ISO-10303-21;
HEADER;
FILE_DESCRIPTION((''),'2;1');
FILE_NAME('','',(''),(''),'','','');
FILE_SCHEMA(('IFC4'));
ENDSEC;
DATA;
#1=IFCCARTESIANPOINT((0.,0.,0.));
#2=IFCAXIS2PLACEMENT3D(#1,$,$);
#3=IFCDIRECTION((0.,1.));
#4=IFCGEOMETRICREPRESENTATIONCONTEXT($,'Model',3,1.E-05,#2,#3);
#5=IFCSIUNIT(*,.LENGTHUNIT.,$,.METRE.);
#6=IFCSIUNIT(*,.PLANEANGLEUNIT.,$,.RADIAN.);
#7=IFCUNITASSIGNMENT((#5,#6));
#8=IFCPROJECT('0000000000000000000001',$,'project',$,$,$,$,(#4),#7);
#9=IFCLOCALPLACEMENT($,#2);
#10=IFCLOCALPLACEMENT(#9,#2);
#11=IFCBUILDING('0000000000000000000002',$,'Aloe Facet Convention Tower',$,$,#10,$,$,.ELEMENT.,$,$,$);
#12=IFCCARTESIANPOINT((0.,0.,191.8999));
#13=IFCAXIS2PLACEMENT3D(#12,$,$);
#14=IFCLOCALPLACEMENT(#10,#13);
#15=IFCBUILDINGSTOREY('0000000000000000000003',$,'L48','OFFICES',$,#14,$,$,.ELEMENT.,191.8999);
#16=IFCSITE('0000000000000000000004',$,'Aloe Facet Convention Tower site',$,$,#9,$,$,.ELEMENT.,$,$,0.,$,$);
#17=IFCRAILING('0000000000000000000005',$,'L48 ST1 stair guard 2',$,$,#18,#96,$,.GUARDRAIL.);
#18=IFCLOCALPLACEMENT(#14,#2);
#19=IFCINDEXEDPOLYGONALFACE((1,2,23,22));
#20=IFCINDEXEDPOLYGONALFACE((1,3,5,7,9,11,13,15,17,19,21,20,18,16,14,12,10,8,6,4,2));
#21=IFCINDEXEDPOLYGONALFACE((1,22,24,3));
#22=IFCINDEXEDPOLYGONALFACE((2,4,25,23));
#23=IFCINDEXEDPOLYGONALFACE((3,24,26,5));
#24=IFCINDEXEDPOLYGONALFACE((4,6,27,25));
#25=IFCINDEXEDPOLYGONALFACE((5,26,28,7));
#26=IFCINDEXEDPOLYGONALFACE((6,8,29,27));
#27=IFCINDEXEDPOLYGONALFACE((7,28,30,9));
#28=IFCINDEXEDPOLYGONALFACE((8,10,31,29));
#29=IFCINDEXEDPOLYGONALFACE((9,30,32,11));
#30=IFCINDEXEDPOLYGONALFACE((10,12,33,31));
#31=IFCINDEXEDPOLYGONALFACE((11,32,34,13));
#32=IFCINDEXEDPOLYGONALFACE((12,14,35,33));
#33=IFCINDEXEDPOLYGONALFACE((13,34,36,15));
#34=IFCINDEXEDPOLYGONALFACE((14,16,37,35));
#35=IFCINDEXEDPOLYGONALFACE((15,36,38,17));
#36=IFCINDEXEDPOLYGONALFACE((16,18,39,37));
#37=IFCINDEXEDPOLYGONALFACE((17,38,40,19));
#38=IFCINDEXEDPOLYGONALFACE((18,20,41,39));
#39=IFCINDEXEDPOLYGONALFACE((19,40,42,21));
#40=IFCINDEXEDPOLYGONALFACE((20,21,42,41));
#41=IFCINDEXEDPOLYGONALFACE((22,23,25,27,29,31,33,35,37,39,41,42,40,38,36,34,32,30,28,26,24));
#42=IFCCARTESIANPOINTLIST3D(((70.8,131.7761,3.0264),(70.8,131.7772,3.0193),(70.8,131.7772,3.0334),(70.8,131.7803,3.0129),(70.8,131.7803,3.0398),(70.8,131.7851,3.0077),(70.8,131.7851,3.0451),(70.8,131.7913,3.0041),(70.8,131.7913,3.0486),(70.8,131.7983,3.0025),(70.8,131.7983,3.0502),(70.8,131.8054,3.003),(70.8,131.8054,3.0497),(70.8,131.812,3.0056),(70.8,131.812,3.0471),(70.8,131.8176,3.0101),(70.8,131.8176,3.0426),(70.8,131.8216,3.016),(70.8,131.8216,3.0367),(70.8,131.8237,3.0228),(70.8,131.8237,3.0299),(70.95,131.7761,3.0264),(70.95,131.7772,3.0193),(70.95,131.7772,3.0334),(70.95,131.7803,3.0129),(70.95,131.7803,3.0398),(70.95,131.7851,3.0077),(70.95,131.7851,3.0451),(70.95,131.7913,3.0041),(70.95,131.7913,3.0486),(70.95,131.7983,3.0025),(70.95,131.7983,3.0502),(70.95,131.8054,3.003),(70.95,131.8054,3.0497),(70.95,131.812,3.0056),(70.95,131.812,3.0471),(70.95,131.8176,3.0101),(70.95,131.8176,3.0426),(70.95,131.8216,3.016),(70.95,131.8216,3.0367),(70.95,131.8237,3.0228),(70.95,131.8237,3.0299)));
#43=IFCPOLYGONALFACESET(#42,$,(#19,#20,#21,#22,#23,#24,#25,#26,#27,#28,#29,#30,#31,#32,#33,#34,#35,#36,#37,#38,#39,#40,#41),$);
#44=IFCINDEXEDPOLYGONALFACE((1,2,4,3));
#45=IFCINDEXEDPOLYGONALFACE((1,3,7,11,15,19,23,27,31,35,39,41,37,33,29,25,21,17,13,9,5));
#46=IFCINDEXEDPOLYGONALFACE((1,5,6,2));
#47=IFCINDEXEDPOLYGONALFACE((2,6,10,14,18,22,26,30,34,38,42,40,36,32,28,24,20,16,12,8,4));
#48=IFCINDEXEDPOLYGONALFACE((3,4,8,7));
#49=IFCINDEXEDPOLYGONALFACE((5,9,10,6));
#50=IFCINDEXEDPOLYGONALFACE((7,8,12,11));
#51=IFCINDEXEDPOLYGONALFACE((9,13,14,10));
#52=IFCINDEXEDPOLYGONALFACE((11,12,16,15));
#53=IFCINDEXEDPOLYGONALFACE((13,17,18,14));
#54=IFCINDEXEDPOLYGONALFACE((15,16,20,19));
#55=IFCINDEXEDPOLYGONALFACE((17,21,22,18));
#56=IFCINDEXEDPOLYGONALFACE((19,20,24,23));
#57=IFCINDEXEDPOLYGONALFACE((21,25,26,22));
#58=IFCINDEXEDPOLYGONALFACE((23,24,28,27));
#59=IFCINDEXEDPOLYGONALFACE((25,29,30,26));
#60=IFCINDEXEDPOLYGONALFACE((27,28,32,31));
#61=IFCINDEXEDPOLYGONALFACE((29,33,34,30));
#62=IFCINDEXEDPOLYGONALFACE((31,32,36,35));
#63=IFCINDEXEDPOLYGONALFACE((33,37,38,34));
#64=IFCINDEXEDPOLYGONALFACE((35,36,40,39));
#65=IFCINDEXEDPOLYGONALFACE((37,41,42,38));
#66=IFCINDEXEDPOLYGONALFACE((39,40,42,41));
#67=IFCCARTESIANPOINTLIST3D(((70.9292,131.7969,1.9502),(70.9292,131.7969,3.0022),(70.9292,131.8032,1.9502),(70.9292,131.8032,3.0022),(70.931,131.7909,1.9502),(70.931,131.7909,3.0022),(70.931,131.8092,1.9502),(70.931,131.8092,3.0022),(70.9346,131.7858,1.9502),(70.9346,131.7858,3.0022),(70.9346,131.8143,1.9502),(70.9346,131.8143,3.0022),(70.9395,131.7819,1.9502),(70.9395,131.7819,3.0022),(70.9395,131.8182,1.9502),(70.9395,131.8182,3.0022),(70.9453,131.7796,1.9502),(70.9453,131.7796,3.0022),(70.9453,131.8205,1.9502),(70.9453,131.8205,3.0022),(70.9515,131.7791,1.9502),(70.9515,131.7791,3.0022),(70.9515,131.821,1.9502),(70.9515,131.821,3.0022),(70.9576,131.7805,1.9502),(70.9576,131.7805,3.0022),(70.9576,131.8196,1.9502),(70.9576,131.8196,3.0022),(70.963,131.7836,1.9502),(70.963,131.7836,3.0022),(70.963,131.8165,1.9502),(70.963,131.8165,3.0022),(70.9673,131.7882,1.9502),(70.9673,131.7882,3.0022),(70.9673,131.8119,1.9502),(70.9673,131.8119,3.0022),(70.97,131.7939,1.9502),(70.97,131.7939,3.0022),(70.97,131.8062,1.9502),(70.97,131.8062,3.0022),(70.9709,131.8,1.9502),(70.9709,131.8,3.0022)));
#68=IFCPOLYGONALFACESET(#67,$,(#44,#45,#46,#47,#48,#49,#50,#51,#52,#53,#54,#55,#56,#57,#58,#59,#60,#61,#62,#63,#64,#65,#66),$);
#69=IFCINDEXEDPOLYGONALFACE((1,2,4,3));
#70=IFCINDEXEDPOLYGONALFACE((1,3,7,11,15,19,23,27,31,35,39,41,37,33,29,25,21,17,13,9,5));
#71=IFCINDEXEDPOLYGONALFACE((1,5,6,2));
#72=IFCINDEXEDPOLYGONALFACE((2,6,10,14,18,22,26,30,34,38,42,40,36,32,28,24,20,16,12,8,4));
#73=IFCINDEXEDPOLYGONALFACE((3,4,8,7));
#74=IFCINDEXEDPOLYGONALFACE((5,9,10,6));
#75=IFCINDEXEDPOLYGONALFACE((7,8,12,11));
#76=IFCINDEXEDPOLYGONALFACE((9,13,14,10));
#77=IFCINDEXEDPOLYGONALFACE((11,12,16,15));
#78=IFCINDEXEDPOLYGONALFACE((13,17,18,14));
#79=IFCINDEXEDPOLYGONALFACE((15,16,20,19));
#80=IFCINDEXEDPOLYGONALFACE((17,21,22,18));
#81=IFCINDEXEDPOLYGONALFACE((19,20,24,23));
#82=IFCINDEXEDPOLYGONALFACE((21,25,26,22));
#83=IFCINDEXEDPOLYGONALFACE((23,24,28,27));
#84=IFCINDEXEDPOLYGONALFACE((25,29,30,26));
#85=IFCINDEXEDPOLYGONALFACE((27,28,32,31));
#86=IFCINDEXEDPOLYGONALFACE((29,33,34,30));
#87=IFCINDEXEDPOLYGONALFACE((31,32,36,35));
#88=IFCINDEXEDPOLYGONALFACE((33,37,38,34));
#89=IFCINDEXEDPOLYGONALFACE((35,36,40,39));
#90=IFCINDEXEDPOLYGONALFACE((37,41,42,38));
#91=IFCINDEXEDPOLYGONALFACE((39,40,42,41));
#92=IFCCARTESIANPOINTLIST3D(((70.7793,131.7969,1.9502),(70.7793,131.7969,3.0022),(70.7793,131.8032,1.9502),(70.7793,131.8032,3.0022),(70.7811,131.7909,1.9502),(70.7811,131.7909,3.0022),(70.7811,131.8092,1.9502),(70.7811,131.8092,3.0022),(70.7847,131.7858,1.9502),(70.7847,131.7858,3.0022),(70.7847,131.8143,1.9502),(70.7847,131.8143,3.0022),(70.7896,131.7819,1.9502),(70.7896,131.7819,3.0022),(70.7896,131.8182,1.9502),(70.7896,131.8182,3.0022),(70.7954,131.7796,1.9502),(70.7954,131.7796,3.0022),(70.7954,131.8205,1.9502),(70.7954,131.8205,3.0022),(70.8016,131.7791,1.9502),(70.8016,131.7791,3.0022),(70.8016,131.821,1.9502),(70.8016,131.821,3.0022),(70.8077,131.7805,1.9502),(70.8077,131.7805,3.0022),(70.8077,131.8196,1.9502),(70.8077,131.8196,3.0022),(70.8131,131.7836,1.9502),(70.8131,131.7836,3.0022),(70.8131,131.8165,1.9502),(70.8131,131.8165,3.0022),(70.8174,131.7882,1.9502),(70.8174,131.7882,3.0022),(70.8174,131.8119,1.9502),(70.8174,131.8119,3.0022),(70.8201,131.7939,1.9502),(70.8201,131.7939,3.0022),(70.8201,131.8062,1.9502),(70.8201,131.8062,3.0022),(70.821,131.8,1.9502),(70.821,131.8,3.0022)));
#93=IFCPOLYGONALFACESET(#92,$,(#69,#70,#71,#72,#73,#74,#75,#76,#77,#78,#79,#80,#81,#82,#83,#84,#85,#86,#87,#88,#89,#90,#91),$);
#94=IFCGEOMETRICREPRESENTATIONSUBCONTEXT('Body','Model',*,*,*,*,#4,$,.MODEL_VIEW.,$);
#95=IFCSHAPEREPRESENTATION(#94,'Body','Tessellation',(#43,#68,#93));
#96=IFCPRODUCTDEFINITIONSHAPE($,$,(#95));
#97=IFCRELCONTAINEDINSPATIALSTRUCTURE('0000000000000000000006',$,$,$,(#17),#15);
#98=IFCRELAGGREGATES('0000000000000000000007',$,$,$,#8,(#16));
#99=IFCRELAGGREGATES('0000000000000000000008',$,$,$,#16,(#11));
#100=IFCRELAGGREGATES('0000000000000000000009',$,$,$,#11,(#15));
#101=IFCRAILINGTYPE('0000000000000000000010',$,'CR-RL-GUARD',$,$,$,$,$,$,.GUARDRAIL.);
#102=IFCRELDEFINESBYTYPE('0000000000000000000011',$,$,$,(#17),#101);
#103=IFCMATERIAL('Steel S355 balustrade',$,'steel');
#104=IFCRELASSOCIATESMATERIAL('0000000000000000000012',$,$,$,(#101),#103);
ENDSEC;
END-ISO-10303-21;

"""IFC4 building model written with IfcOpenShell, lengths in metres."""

from ifc_helpers import new_model, si_unit, direction, frame, origin, origin_2d, place, context, subcontext, project, spatial, circle, extrude, material, type_object, element, save


model = new_model("IFC4")

# Units and contexts
model_context = context("Model", 3, precision=1e-05, world=origin(), true_north=direction((0.0, 1.0)))
body_context = subcontext(model_context, "Body", "Model", "MODEL_VIEW")
ifc_project = project(units=[si_unit("LENGTHUNIT", "METRE"), si_unit("PLANEANGLEUNIT", "RADIAN")], contexts=[model_context])

# Site, building, storey
site_placement = place(None, origin())
site = spatial("IfcSite", under=ifc_project, at=site_placement, Name="Aloe Facet Convention Tower site", CompositionType="ELEMENT", RefElevation=0.0)
building_placement = place(site_placement, origin())
building = spatial("IfcBuilding", under=site, at=building_placement, Name="Aloe Facet Convention Tower", CompositionType="ELEMENT")
storey_placement = place(building_placement, frame((0.0, 0.0, 191.8999)))
storey = spatial("IfcBuildingStorey", under=building, at=storey_placement, Name="L48", Description="OFFICES", CompositionType="ELEMENT", Elevation=191.8999)

# Railing
ifc_material_1 = material(Name="Steel S355 balustrade", Category="steel")
railing_type_1 = type_object("IfcRailingType", Name="CR-RL-GUARD", PredefinedType="GUARDRAIL", material=ifc_material_1)
railing_1_placement = place(storey_placement, frame((70.95, 131.8, 1.9502)))
element("IfcRailing", 1, at=railing_1_placement, inside=storey, type_object=railing_type_1, Name="L48 ST1 stair guard 2", PredefinedType="GUARDRAIL", context=body_context, shape_type="SweptSolid", body=[
    extrude(circle(Radius=0.0239, at=origin_2d()), frame((0.0, 0.0, 1.0762), z_axis=(-1.0, 0.0, 0.0), x_axis=(0.0, -1.0, 0.0)), (0.0, 0.0, 1.0), 0.1499),
    extrude(circle(Radius=0.021, at=origin_2d()), origin(), (0.0, 0.0, 1.0), 1.052),
    extrude(circle(Radius=0.021, at=origin_2d()), frame((-0.1499, 0.0, 0.0)), (0.0, 0.0, 1.0), 1.052),
])

save(model, "model.ifc")
